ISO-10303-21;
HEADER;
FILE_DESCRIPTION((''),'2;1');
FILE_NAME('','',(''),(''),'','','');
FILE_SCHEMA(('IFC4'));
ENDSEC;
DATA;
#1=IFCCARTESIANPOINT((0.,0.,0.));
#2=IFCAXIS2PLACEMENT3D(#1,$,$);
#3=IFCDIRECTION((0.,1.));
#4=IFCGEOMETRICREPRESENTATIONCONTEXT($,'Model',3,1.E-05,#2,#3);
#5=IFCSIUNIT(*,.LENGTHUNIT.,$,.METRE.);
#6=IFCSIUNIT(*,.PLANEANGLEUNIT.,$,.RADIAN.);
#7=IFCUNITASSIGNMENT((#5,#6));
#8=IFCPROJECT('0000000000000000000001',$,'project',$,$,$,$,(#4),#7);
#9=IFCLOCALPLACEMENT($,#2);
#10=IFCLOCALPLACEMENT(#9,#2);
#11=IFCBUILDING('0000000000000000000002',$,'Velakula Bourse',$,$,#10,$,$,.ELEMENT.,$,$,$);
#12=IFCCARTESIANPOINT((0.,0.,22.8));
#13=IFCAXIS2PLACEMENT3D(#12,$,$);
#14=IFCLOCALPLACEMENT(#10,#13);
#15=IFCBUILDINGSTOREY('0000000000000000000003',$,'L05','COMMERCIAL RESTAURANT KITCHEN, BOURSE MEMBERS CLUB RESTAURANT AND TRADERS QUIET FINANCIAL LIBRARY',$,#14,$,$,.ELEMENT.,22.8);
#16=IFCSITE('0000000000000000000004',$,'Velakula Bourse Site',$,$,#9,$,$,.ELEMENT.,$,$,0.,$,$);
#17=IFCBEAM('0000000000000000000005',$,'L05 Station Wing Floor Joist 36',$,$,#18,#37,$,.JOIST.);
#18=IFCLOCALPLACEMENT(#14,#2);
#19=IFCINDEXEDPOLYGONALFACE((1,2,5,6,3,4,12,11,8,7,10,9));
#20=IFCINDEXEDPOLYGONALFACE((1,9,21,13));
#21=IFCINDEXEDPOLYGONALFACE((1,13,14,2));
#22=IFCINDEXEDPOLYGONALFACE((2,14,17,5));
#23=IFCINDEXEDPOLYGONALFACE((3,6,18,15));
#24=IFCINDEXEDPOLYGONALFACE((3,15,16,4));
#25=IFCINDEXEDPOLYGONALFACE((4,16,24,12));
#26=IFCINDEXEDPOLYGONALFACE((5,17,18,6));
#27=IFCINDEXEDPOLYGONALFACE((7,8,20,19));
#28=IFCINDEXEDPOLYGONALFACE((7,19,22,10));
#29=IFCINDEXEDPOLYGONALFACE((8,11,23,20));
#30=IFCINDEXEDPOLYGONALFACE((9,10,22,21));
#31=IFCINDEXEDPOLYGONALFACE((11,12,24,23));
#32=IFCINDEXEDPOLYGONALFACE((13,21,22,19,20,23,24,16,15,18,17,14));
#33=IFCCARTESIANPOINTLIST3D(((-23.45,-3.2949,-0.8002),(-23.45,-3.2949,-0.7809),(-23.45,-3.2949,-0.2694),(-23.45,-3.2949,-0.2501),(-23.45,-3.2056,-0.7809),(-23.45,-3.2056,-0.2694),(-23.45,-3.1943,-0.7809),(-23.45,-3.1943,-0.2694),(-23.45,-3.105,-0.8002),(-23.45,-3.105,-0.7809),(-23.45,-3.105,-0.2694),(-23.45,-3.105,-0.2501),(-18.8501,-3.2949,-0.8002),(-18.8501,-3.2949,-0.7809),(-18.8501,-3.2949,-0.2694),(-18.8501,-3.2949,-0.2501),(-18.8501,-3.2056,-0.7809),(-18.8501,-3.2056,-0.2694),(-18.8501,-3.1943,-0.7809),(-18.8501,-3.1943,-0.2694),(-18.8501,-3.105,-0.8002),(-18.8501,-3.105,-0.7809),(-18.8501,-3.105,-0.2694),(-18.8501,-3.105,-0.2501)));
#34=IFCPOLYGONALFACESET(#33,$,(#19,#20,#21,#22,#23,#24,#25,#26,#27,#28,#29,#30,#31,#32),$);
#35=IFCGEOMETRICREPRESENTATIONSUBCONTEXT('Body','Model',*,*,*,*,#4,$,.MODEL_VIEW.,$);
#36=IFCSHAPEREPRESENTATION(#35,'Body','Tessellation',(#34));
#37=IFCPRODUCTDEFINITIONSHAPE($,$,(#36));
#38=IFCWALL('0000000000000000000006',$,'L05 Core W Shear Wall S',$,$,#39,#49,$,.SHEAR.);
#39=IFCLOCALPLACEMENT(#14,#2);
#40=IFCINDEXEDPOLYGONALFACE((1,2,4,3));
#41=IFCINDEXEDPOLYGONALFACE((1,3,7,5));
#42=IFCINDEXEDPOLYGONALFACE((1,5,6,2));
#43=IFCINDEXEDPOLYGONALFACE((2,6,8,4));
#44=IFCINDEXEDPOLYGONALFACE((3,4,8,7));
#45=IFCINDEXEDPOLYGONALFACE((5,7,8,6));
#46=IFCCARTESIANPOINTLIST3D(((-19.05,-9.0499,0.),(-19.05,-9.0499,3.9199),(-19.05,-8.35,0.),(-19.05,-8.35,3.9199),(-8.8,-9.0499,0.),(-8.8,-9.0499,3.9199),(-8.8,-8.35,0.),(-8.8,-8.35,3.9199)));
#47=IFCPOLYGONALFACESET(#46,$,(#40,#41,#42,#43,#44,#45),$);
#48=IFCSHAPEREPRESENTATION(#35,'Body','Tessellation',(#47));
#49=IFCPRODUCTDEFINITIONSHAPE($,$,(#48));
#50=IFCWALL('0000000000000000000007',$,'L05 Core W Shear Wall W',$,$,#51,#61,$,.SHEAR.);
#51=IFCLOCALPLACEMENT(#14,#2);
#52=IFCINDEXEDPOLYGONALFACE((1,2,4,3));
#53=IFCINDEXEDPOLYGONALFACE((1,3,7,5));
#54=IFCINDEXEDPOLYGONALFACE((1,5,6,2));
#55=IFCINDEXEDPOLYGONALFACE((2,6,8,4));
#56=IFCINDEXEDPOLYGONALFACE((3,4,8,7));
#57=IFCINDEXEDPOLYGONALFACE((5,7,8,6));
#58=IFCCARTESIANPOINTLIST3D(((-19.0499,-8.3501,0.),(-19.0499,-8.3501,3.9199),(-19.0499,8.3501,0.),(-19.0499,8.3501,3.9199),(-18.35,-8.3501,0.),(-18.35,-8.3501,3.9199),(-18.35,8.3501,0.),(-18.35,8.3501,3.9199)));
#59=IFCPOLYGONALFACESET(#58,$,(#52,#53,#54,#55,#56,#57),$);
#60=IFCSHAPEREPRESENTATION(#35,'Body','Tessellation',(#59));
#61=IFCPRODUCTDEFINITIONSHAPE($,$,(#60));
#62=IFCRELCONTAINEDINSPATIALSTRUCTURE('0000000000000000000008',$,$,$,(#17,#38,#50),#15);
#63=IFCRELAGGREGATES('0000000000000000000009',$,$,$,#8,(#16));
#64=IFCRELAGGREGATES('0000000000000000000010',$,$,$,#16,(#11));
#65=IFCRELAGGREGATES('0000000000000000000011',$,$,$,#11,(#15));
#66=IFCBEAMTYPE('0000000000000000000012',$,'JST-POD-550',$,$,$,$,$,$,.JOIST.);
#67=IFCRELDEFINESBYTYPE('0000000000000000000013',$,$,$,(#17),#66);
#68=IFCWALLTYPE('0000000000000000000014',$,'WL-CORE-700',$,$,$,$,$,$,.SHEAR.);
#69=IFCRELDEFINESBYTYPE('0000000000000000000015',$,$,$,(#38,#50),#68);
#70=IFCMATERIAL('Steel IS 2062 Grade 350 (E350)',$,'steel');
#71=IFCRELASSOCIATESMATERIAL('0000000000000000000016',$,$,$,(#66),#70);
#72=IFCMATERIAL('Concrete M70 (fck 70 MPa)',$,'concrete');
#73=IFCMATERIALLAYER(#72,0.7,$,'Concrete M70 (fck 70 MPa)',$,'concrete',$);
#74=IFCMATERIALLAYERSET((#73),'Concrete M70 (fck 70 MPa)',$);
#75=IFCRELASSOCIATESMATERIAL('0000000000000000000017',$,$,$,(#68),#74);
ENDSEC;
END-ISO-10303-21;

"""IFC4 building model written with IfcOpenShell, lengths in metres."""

from ifc_helpers import new_model, si_unit, direction, frame, frame_2d, origin, origin_2d, place, context, subcontext, project, spatial, rectangle, i_section, extrude, material, layer, layer_set, material_profile, profile_set, type_object, element, save


model = new_model("IFC4")

# Units and contexts
model_context = context("Model", 3, precision=1e-05, world=origin(), true_north=direction((0.0, 1.0)))
body_context = subcontext(model_context, "Body", "Model", "MODEL_VIEW")
ifc_project = project(units=[si_unit("LENGTHUNIT", "METRE"), si_unit("PLANEANGLEUNIT", "RADIAN")], contexts=[model_context])

# Site, building, storey
site_placement = place(None, origin())
site = spatial("IfcSite", under=ifc_project, at=site_placement, Name="Velakula Bourse Site", CompositionType="ELEMENT", RefElevation=0.0)
building_placement = place(site_placement, origin())
building = spatial("IfcBuilding", under=site, at=building_placement, Name="Velakula Bourse", CompositionType="ELEMENT")
storey_placement = place(building_placement, frame((0.0, 0.0, 22.8)))
storey = spatial("IfcBuildingStorey", under=building, at=storey_placement, Name="L05", Description="COMMERCIAL RESTAURANT KITCHEN, BOURSE MEMBERS CLUB RESTAURANT AND TRADERS QUIET FINANCIAL LIBRARY", CompositionType="ELEMENT", Elevation=22.8)

# Beam
ifc_material_1 = material(Name="Steel IS 2062 Grade 350 (E350)", Category="steel")
ifc_material_profile_1 = material_profile(ifc_material_1, i_section(OverallWidth=0.1899, OverallDepth=0.55, WebThickness=0.0112, FlangeThickness=0.0193, at=origin_2d()), Name="Steel IS 2062 Grade 350 (E350)")
ifc_profile_set_1 = profile_set([ifc_material_profile_1], Name="Steel IS 2062 Grade 350 (E350)")
beam_type_1 = type_object("IfcBeamType", Name="JST-POD-550", PredefinedType="JOIST", material=ifc_profile_set_1)
beam_1_placement = place(storey_placement, frame((-23.45, -3.2, -0.5251), z_axis=(1.0, 0.0, 0.0), x_axis=(0.0, 1.0, 0.0)))
element("IfcBeam", 1, at=beam_1_placement, inside=storey, type_object=beam_type_1, Name="L05 Station Wing Floor Joist 36", PredefinedType="JOIST", context=body_context, shape_type="SweptSolid", body=[
    extrude(i_section(OverallWidth=0.1899, OverallDepth=0.55, WebThickness=0.0112, FlangeThickness=0.0193, at=origin_2d()), origin(), (0.0, 0.0, 1.0), 4.5999),
])

# Walls
ifc_material_2 = material(Name="Concrete M70 (fck 70 MPa)", Category="concrete")
ifc_layer = layer(ifc_material_2, 0.7, Name="Concrete M70 (fck 70 MPa)", Category="concrete")
ifc_layer_set = layer_set([ifc_layer], Name="Concrete M70 (fck 70 MPa)")
wall_type = type_object("IfcWallType", Name="WL-CORE-700", PredefinedType="SHEAR", material=ifc_layer_set)
wall_1_placement = place(storey_placement, frame((-19.05, -8.7, 0.0), z_axis=(0.0, 0.0, 1.0), x_axis=(1.0, 0.0, 0.0)))
element("IfcWall", 2, at=wall_1_placement, inside=storey, type_object=wall_type, Name="L05 Core W Shear Wall S", PredefinedType="SHEAR", context=body_context, shape_type="SweptSolid", body=[
    extrude(rectangle(XDim=10.25, YDim=0.7, at=frame_2d((5.125, 0.0))), origin(), (0.0, 0.0, 1.0), 3.9199),
])
wall_2_placement = place(storey_placement, frame((-18.7, -8.3501, 0.0), z_axis=(0.0, 0.0, 1.0), x_axis=(0.0, 1.0, 0.0)))
element("IfcWall", 3, at=wall_2_placement, inside=storey, type_object=wall_type, Name="L05 Core W Shear Wall W", PredefinedType="SHEAR", context=body_context, shape_type="SweptSolid", body=[
    extrude(rectangle(XDim=16.7002, YDim=0.7, at=frame_2d((8.3501, 0.0))), origin(), (0.0, 0.0, 1.0), 3.9199),
])

save(model, "model.ifc")
